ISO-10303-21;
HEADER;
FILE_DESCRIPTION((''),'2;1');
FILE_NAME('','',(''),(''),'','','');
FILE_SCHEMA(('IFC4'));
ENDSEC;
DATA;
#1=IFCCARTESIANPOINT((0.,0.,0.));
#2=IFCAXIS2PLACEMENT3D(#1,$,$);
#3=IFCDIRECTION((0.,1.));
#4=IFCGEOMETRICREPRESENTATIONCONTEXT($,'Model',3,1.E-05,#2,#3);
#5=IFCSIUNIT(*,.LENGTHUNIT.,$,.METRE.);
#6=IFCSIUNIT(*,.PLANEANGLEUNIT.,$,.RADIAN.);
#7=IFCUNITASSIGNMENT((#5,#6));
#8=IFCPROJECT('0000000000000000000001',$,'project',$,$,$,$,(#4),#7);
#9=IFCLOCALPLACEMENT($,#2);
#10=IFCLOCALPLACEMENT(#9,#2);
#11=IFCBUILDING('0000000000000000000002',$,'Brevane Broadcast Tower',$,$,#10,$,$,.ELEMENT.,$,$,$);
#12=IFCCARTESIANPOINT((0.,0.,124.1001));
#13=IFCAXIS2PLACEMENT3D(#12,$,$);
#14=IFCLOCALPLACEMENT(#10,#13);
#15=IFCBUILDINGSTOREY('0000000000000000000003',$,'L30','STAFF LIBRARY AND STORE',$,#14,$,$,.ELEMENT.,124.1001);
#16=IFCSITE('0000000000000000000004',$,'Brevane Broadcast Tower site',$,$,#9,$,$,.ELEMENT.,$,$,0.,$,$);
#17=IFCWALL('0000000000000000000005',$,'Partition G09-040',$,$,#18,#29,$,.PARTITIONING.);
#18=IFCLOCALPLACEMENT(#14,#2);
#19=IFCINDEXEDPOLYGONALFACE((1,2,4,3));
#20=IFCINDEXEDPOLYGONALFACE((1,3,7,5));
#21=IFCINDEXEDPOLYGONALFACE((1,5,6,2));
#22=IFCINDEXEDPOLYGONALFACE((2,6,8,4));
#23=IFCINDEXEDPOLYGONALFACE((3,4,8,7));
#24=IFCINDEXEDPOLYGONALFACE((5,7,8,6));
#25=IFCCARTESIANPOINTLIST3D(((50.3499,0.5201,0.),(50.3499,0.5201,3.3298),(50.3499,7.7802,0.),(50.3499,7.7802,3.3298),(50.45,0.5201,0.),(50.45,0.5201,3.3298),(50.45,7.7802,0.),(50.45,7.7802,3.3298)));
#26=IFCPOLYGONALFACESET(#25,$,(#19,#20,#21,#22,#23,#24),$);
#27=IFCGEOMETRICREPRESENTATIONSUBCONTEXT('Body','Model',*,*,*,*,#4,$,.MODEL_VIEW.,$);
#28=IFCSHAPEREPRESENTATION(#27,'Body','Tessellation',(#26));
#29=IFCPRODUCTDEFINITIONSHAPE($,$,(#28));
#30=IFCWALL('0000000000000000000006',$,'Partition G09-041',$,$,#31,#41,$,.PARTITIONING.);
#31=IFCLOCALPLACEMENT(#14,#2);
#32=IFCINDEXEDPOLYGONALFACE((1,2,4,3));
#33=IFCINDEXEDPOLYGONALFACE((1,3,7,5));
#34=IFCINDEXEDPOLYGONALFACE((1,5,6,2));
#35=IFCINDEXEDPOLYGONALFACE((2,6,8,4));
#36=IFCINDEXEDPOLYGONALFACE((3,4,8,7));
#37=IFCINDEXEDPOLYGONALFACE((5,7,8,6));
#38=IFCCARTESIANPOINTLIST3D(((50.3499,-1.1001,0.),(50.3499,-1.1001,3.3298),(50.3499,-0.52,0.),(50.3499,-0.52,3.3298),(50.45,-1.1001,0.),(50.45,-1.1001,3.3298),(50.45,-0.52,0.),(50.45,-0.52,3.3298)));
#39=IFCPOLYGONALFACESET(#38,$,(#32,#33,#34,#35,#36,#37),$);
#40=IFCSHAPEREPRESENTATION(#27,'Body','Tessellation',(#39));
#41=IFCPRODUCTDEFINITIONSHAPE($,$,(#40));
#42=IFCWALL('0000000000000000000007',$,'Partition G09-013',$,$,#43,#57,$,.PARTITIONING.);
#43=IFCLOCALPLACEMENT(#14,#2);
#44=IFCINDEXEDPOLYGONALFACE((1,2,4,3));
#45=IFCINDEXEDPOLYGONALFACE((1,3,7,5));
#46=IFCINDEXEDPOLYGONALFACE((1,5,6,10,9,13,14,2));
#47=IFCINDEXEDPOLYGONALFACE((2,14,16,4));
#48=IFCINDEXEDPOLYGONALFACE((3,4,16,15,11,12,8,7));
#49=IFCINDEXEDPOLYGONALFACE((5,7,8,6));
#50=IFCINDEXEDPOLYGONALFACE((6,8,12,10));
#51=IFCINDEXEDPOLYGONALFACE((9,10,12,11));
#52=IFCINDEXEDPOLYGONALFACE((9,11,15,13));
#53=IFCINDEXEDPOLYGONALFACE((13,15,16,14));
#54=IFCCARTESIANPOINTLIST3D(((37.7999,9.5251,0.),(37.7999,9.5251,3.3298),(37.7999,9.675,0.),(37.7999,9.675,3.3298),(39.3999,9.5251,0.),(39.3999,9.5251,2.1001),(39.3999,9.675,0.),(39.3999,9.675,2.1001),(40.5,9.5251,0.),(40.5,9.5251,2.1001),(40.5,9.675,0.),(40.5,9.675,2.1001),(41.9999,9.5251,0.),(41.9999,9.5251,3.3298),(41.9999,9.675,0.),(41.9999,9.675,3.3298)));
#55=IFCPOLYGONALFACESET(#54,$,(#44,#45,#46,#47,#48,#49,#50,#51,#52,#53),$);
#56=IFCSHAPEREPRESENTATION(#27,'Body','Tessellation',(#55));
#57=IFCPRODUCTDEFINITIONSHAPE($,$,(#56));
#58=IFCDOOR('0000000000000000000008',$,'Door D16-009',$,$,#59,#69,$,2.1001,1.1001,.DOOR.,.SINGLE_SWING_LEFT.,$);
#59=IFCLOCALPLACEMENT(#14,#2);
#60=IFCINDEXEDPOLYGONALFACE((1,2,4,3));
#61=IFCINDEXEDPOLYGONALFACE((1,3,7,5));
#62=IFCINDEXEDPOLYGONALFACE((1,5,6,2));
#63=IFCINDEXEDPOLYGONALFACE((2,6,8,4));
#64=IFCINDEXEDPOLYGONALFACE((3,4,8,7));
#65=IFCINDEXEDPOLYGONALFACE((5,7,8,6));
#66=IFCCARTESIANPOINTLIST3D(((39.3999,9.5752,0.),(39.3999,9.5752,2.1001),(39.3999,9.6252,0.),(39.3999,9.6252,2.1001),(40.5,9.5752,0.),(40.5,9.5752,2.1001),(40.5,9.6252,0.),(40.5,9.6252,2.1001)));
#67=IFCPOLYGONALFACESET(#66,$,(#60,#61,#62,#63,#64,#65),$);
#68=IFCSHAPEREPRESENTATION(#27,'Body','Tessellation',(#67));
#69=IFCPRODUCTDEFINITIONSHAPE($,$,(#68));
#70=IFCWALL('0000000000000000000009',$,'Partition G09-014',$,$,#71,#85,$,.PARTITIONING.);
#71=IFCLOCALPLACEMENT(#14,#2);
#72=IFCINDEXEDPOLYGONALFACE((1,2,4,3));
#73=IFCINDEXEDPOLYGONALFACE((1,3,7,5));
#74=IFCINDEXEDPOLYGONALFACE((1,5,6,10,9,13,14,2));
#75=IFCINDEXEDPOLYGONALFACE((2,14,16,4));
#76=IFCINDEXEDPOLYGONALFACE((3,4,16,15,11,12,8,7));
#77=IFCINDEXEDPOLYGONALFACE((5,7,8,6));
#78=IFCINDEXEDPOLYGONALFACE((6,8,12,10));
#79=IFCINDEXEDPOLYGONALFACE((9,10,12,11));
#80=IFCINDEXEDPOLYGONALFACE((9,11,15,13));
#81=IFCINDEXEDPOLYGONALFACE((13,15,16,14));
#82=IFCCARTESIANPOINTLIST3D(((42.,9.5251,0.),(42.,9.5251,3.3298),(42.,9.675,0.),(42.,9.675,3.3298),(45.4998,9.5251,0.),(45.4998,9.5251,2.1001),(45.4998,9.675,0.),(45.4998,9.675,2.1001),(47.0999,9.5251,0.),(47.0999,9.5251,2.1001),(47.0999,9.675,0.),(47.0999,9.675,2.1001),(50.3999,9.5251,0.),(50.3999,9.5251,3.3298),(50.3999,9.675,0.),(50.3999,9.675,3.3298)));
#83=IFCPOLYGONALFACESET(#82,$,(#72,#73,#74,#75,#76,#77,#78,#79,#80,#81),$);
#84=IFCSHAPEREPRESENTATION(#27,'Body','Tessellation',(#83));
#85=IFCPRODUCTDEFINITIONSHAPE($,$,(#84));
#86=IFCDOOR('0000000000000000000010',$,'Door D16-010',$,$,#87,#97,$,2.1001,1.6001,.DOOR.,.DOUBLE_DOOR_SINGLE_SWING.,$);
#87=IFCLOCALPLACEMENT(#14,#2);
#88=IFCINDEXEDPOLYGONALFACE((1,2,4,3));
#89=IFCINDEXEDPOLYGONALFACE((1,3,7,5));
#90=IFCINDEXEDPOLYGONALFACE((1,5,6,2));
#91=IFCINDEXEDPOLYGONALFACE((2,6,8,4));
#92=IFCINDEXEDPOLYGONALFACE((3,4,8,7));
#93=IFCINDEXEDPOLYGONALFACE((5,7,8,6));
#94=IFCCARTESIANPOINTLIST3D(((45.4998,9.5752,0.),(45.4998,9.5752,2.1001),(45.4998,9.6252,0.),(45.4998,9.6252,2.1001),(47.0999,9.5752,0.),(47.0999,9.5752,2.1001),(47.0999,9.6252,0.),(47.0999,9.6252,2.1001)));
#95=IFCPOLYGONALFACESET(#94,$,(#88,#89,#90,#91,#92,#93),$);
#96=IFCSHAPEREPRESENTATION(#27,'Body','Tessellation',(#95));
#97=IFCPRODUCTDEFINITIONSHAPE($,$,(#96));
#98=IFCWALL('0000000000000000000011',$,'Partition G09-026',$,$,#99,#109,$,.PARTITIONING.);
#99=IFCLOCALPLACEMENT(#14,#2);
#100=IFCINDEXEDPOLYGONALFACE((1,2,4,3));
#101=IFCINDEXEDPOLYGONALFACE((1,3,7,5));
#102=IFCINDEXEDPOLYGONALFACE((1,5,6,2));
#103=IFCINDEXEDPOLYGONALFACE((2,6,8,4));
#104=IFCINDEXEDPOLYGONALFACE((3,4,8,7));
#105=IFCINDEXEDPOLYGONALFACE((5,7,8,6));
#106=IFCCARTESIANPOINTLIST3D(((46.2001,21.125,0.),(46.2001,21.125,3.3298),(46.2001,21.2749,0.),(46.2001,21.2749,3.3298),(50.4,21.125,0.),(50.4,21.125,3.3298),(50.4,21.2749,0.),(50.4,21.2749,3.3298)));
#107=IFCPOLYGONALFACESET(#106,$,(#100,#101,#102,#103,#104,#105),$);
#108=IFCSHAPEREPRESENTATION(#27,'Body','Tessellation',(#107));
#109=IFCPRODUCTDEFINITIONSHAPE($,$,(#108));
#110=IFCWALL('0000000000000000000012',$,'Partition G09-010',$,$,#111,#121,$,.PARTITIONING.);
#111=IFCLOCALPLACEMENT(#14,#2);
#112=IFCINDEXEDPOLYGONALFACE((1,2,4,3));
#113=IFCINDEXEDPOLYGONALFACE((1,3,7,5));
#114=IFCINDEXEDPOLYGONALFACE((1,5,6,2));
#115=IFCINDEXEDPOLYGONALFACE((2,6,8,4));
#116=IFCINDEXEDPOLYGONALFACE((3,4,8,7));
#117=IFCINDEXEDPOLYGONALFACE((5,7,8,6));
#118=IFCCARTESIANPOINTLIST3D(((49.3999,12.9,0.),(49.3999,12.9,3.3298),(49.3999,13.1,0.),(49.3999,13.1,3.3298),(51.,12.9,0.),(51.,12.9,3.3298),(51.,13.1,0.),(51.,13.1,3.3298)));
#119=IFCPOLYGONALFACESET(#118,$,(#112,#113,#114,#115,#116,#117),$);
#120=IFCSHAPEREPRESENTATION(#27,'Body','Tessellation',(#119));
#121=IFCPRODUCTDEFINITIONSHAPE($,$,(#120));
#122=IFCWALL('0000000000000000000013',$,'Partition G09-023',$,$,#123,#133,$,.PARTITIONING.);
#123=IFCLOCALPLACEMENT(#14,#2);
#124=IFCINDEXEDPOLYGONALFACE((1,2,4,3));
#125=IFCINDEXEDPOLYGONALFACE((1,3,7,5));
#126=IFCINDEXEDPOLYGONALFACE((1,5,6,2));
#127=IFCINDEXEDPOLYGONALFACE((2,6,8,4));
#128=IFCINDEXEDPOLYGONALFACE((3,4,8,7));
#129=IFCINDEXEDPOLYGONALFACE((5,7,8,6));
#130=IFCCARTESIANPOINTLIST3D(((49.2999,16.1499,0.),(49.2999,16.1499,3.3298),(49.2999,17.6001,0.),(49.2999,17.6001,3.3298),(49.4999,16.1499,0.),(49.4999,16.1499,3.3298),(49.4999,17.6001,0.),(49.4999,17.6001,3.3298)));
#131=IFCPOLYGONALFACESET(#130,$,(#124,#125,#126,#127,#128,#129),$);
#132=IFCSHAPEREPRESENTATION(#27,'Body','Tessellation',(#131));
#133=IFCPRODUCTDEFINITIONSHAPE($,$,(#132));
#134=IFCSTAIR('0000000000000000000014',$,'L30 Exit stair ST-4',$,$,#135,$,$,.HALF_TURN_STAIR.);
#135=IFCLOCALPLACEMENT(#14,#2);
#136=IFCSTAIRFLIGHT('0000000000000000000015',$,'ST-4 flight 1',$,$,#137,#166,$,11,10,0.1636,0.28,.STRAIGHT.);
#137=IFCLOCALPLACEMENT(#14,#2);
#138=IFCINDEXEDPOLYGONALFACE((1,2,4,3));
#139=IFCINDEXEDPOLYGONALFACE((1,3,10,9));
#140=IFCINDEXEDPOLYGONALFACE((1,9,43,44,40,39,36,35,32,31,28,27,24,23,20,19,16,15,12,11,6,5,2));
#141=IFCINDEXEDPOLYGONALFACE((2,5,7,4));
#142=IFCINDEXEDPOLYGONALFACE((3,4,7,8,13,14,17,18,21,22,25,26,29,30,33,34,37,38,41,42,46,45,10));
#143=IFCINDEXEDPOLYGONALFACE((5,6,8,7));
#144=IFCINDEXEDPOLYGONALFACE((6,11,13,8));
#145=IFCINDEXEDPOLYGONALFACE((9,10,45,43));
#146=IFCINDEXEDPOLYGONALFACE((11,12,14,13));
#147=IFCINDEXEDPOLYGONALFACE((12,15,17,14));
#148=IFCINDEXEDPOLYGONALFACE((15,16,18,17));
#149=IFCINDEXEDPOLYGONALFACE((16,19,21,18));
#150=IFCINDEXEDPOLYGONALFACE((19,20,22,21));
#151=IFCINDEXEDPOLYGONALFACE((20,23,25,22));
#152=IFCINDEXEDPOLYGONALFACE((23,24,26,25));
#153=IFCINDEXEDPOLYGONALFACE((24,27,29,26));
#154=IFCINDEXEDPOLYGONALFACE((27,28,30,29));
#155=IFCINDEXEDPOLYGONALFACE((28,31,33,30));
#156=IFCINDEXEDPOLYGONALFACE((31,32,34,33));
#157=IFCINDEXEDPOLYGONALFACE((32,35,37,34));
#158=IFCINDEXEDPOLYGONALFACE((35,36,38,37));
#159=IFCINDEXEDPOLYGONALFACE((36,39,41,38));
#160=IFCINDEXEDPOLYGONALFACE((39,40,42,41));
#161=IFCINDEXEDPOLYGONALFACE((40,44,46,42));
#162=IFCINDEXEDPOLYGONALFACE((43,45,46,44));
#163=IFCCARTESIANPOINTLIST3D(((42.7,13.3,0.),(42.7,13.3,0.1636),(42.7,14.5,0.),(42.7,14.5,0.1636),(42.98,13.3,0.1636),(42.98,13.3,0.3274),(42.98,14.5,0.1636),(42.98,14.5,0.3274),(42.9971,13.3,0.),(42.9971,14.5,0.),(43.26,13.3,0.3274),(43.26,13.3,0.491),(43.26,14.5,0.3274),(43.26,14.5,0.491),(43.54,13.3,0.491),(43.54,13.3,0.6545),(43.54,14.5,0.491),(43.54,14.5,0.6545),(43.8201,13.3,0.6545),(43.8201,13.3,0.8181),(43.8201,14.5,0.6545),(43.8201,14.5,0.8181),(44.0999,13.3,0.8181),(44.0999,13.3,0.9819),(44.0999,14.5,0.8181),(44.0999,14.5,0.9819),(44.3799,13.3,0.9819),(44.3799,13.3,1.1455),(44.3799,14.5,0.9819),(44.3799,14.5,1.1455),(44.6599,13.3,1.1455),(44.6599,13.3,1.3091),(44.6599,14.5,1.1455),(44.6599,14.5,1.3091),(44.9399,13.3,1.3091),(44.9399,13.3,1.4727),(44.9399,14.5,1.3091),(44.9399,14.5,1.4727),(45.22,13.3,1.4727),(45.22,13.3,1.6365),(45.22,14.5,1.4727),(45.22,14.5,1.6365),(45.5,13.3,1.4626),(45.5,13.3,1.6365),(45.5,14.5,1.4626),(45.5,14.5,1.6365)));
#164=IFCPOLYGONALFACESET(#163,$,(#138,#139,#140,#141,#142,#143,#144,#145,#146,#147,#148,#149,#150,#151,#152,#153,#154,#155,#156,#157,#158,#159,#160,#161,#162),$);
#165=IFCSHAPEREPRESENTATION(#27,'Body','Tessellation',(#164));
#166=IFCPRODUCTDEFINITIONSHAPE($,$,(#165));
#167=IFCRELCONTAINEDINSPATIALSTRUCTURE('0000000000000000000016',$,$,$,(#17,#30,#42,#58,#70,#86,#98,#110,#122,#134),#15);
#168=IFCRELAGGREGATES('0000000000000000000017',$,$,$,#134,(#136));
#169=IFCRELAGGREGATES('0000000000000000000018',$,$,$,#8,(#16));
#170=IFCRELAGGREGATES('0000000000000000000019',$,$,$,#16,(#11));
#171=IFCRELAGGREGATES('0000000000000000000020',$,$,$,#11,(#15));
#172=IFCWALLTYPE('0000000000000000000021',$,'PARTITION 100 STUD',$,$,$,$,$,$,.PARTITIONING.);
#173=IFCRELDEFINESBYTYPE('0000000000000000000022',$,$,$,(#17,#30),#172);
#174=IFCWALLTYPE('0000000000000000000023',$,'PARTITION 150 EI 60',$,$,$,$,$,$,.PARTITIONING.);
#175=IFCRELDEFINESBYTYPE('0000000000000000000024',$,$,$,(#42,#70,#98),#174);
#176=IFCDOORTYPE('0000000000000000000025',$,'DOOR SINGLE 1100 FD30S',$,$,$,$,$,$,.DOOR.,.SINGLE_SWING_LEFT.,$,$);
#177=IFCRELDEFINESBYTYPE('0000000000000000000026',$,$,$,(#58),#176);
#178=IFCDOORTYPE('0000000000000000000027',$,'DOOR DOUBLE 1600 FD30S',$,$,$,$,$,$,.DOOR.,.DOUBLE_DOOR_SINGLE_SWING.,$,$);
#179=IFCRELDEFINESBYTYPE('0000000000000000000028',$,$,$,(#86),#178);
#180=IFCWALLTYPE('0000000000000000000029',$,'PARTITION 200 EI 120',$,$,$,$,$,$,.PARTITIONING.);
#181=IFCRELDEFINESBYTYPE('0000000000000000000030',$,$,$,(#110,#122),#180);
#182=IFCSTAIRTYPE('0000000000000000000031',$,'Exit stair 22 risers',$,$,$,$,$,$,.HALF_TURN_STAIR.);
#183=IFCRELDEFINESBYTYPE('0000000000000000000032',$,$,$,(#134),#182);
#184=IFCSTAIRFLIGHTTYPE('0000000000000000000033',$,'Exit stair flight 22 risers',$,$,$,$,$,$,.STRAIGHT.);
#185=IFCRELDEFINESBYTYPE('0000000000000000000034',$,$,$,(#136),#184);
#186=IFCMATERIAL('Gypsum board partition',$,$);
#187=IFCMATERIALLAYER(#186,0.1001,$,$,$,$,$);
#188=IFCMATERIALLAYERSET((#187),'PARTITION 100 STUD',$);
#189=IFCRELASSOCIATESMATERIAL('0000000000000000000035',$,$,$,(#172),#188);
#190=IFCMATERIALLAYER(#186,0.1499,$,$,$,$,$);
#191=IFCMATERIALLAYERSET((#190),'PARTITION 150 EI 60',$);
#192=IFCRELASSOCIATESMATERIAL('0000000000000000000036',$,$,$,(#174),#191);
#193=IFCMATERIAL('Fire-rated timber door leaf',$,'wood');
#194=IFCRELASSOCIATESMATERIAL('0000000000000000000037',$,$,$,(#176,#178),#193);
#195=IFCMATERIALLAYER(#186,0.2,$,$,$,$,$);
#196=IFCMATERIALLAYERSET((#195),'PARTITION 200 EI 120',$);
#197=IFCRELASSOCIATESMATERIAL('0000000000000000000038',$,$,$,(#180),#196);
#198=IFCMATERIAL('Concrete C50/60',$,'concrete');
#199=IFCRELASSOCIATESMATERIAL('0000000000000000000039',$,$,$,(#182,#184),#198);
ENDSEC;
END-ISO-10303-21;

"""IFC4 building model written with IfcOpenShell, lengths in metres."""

from ifc_helpers import new_model, si_unit, direction, frame, frame_2d, origin, place, context, subcontext, project, spatial, polyline, rectangle, outline, extrude, material, layer, layer_set, type_object, element, fill, aggregate, save


model = new_model("IFC4")

# Units and contexts
model_context = context("Model", 3, precision=1e-05, world=origin(), true_north=direction((0.0, 1.0)))
body_context = subcontext(model_context, "Body", "Model", "MODEL_VIEW")
ifc_project = project(units=[si_unit("LENGTHUNIT", "METRE"), si_unit("PLANEANGLEUNIT", "RADIAN")], contexts=[model_context])

# Site, building, storey
site_placement = place(None, origin())
site = spatial("IfcSite", under=ifc_project, at=site_placement, Name="Brevane Broadcast Tower site", CompositionType="ELEMENT", RefElevation=0.0)
building_placement = place(site_placement, origin())
building = spatial("IfcBuilding", under=site, at=building_placement, Name="Brevane Broadcast Tower", CompositionType="ELEMENT")
storey_placement = place(building_placement, frame((0.0, 0.0, 124.1001)))
storey = spatial("IfcBuildingStorey", under=building, at=storey_placement, Name="L30", Description="STAFF LIBRARY AND STORE", CompositionType="ELEMENT", Elevation=124.1001)

# Walls
ifc_material_1 = material(Name="Gypsum board partition")
ifc_layer_1 = layer(ifc_material_1, 0.1001)
ifc_layer_set_1 = layer_set([ifc_layer_1], Name="PARTITION 100 STUD")
wall_type_1 = type_object("IfcWallType", Name="PARTITION 100 STUD", PredefinedType="PARTITIONING", material=ifc_layer_set_1)
wall_1_placement = place(storey_placement, frame((50.3999, 7.78, 0.0), z_axis=(0.0, 0.0, 1.0), x_axis=(0.0, -1.0, 0.0)))
element("IfcWall", 1, at=wall_1_placement, inside=storey, type_object=wall_type_1, Name="Partition G09-040", PredefinedType="PARTITIONING", context=body_context, shape_type="SweptSolid", body=[
    extrude(rectangle(XDim=7.26, YDim=0.1001, at=frame_2d((3.6299, 0.0))), origin(), (0.0, 0.0, 1.0), 3.3298),
])
wall_2_placement = place(storey_placement, frame((50.3999, -0.52, 0.0), z_axis=(0.0, 0.0, 1.0), x_axis=(0.0, -1.0, 0.0)))
element("IfcWall", 2, at=wall_2_placement, inside=storey, type_object=wall_type_1, Name="Partition G09-041", PredefinedType="PARTITIONING", context=body_context, shape_type="SweptSolid", body=[
    extrude(rectangle(XDim=0.5801, YDim=0.1001, at=frame_2d((0.29, 0.0))), origin(), (0.0, 0.0, 1.0), 3.3298),
])

# Walls, openings, doors
ifc_layer_2 = layer(ifc_material_1, 0.1499)
ifc_layer_set_2 = layer_set([ifc_layer_2], Name="PARTITION 150 EI 60")
wall_type_2 = type_object("IfcWallType", Name="PARTITION 150 EI 60", PredefinedType="PARTITIONING", material=ifc_layer_set_2)
wall_3_placement = place(storey_placement, frame((42.0, 9.6001, 0.0), z_axis=(0.0, 0.0, 1.0), x_axis=(-1.0, 0.0, 0.0)))
wall_3 = element("IfcWall", 3, at=wall_3_placement, inside=storey, type_object=wall_type_2, Name="Partition G09-013", PredefinedType="PARTITIONING", context=body_context, shape_type="SweptSolid", body=[
    extrude(rectangle(XDim=4.2, YDim=0.1499, at=frame_2d((2.1001, 0.0))), origin(), (0.0, 0.0, 1.0), 3.3298),
])
opening_1_placement = place(wall_3_placement, frame((1.5, 0.0, 0.0)))
opening_1 = element("IfcOpeningElement", 4, at=opening_1_placement, cuts=wall_3, PredefinedType="OPENING", context=body_context, shape_type="SweptSolid", body=[
    extrude(rectangle(XDim=1.1001, YDim=2.1001, at=frame_2d((0.55, 1.05))), frame((0.0, 0.085, 0.0), z_axis=(0.0, -1.0, 0.0), x_axis=(1.0, 0.0, 0.0)), (0.0, 0.0, 1.0), 0.1699),
])
ifc_material_2 = material(Name="Fire-rated timber door leaf", Category="wood")
door_type_1 = type_object("IfcDoorType", Name="DOOR SINGLE 1100 FD30S", OperationType="SINGLE_SWING_LEFT", PredefinedType="DOOR", material=ifc_material_2)
door_1_placement = place(opening_1_placement, origin())
door_1 = element("IfcDoor", 5, at=door_1_placement, inside=storey, type_object=door_type_1, Name="Door D16-009", OperationType="SINGLE_SWING_LEFT", OverallHeight=2.1001, OverallWidth=1.1001, PredefinedType="DOOR", context=body_context, shape_type="SweptSolid", body=[
    extrude(rectangle(XDim=1.1001, YDim=2.1001, at=frame_2d((0.55, 1.05))), frame((0.0, 0.0249, 0.0), z_axis=(0.0, -1.0, 0.0), x_axis=(1.0, 0.0, 0.0)), (0.0, 0.0, 1.0), 0.05),
])
fill(opening_1, door_1)
wall_4_placement = place(storey_placement, frame((50.3999, 9.6001, 0.0), z_axis=(0.0, 0.0, 1.0), x_axis=(-1.0, 0.0, 0.0)))
wall_4 = element("IfcWall", 6, at=wall_4_placement, inside=storey, type_object=wall_type_2, Name="Partition G09-014", PredefinedType="PARTITIONING", context=body_context, shape_type="SweptSolid", body=[
    extrude(rectangle(XDim=8.3999, YDim=0.1499, at=frame_2d((4.2, 0.0))), origin(), (0.0, 0.0, 1.0), 3.3298),
])
opening_2_placement = place(wall_4_placement, frame((3.3, 0.0, 0.0)))
opening_2 = element("IfcOpeningElement", 7, at=opening_2_placement, cuts=wall_4, PredefinedType="OPENING", context=body_context, shape_type="SweptSolid", body=[
    extrude(rectangle(XDim=1.6001, YDim=2.1001, at=frame_2d((0.8, 1.05))), frame((0.0, 0.085, 0.0), z_axis=(0.0, -1.0, 0.0), x_axis=(1.0, 0.0, 0.0)), (0.0, 0.0, 1.0), 0.1699),
])
door_type_2 = type_object("IfcDoorType", Name="DOOR DOUBLE 1600 FD30S", OperationType="DOUBLE_DOOR_SINGLE_SWING", PredefinedType="DOOR", material=ifc_material_2)
door_2_placement = place(opening_2_placement, origin())
door_2 = element("IfcDoor", 8, at=door_2_placement, inside=storey, type_object=door_type_2, Name="Door D16-010", OperationType="DOUBLE_DOOR_SINGLE_SWING", OverallHeight=2.1001, OverallWidth=1.6001, PredefinedType="DOOR", context=body_context, shape_type="SweptSolid", body=[
    extrude(rectangle(XDim=1.6001, YDim=2.1001, at=frame_2d((0.8, 1.05))), frame((0.0, 0.0249, 0.0), z_axis=(0.0, -1.0, 0.0), x_axis=(1.0, 0.0, 0.0)), (0.0, 0.0, 1.0), 0.05),
])
fill(opening_2, door_2)

# Walls
wall_5_placement = place(storey_placement, frame((46.2, 21.2, 0.0), z_axis=(0.0, 0.0, 1.0), x_axis=(1.0, 0.0, 0.0)))
element("IfcWall", 9, at=wall_5_placement, inside=storey, type_object=wall_type_2, Name="Partition G09-026", PredefinedType="PARTITIONING", context=body_context, shape_type="SweptSolid", body=[
    extrude(rectangle(XDim=4.2, YDim=0.1499, at=frame_2d((2.1001, 0.0))), origin(), (0.0, 0.0, 1.0), 3.3298),
])
ifc_layer_3 = layer(ifc_material_1, 0.2)
ifc_layer_set_3 = layer_set([ifc_layer_3], Name="PARTITION 200 EI 120")
wall_type_3 = type_object("IfcWallType", Name="PARTITION 200 EI 120", PredefinedType="PARTITIONING", material=ifc_layer_set_3)
wall_6_placement = place(storey_placement, frame((49.3999, 13.0, 0.0), z_axis=(0.0, 0.0, 1.0), x_axis=(1.0, 0.0, 0.0)))
element("IfcWall", 10, at=wall_6_placement, inside=storey, type_object=wall_type_3, Name="Partition G09-010", PredefinedType="PARTITIONING", context=body_context, shape_type="SweptSolid", body=[
    extrude(rectangle(XDim=1.6001, YDim=0.2, at=frame_2d((0.8, 0.0))), origin(), (0.0, 0.0, 1.0), 3.3298),
])
wall_7_placement = place(storey_placement, frame((49.3999, 17.6001, 0.0), z_axis=(0.0, 0.0, 1.0), x_axis=(0.0, -1.0, 0.0)))
element("IfcWall", 11, at=wall_7_placement, inside=storey, type_object=wall_type_3, Name="Partition G09-023", PredefinedType="PARTITIONING", context=body_context, shape_type="SweptSolid", body=[
    extrude(rectangle(XDim=1.4502, YDim=0.2, at=frame_2d((0.7251, 0.0))), origin(), (0.0, 0.0, 1.0), 3.3298),
])

# Stair, stair flight
ifc_material_3 = material(Name="Concrete C50/60", Category="concrete")
stair_type = type_object("IfcStairType", Name="Exit stair 22 risers", PredefinedType="HALF_TURN_STAIR", material=ifc_material_3)
stair_placement = place(storey_placement, origin())
stair = element("IfcStair", 12, at=stair_placement, inside=storey, type_object=stair_type, Name="L30 Exit stair ST-4", PredefinedType="HALF_TURN_STAIR")
stair_flight_type = type_object("IfcStairFlightType", Name="Exit stair flight 22 risers", PredefinedType="STRAIGHT", material=ifc_material_3)
stair_flight_1_placement = place(storey_placement, frame((42.7, 13.8999, 0.0), z_axis=(0.0, 0.0, 1.0), x_axis=(1.0, 0.0, 0.0)))
stair_flight_1 = element("IfcStairFlight", 13, at=stair_flight_1_placement, type_object=stair_flight_type, Name="ST-4 flight 1", NumberOfRisers=11, NumberOfTreads=10, PredefinedType="STRAIGHT", RiserHeight=0.1636, TreadLength=0.28, context=body_context, shape_type="SweptSolid", body=[
    extrude(outline(polyline([(0.0, 0.0), (0.0, 0.1636), (0.28, 0.1636), (0.28, 0.3274), (0.5601, 0.3274), (0.5601, 0.491), (0.8401, 0.491), (0.8401, 0.6545), (1.1201, 0.6545), (1.1201, 0.8181), (1.3999, 0.8181), (1.3999, 0.9819), (1.6799, 0.9819), (1.6799, 1.1455), (1.96, 1.1455), (1.96, 1.3091), (2.24, 1.3091), (2.24, 1.4727), (2.52, 1.4727), (2.52, 1.6365), (2.8, 1.6365), (2.8, 1.8), (2.8, 1.4626), (0.2971, 0.0), (0.0, 0.0)])), frame((0.0, 0.6001, 0.0), z_axis=(0.0, -1.0, 0.0), x_axis=(1.0, 0.0, 0.0)), (0.0, 0.0, 1.0), 1.2),
])
aggregate(stair, [stair_flight_1])

save(model, "model.ifc")
